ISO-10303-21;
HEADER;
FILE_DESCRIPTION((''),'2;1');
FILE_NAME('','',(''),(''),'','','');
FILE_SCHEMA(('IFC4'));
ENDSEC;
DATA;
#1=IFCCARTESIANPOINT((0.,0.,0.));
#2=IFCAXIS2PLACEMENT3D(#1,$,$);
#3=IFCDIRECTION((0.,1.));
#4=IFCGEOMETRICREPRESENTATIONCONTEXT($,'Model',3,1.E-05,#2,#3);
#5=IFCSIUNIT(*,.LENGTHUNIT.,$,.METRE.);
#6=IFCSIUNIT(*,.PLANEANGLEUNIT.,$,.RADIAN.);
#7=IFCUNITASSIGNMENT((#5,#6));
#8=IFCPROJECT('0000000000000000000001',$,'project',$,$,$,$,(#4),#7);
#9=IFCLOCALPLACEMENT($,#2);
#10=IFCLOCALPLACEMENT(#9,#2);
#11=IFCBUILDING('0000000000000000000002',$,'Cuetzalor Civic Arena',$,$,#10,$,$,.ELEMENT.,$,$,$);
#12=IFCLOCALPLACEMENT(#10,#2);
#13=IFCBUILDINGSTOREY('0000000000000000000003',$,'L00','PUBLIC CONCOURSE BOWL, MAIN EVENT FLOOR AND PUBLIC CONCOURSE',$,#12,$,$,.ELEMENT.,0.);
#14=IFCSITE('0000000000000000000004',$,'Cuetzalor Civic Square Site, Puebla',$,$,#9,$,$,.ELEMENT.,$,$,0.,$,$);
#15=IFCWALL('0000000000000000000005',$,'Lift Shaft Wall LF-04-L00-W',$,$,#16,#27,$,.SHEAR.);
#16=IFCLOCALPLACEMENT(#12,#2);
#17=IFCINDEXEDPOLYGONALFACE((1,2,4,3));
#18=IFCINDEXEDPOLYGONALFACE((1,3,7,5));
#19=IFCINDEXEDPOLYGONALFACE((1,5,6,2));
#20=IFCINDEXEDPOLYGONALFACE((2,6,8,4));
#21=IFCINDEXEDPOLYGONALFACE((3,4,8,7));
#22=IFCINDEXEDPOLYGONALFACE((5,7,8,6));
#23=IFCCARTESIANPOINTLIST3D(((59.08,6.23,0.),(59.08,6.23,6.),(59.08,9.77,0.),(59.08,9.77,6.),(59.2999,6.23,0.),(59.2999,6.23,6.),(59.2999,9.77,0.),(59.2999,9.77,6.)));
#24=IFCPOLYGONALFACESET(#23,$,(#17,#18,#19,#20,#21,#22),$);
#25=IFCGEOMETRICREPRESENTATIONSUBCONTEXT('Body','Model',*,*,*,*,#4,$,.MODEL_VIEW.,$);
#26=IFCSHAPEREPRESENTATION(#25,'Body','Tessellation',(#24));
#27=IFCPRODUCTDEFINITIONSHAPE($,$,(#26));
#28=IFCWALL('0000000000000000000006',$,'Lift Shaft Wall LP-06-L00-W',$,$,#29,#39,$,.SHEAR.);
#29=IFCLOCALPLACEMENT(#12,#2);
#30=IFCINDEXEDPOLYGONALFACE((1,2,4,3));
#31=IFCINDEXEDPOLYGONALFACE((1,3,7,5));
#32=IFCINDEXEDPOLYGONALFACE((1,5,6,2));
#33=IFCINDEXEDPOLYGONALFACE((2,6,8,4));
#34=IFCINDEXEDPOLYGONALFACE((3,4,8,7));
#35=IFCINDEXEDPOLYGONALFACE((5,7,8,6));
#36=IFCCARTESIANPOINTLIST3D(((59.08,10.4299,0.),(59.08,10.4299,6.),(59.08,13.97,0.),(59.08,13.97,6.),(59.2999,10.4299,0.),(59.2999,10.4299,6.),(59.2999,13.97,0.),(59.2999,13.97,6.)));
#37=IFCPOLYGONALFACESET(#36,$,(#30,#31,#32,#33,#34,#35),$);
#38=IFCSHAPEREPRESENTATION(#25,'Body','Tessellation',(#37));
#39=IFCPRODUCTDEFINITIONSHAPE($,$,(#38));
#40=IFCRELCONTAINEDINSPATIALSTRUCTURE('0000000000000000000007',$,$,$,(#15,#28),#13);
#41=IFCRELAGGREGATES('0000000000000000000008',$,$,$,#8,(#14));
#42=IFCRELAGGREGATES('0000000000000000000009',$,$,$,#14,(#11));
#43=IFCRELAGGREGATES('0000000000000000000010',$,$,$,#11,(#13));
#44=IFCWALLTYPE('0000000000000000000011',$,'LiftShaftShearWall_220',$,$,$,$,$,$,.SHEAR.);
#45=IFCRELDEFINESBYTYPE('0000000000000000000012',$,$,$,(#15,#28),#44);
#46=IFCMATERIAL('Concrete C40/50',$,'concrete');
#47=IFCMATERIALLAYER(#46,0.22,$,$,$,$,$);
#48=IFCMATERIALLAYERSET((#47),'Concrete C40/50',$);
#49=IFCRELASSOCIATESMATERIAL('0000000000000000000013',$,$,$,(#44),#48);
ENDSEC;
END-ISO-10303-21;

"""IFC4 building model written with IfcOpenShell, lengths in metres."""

from ifc_helpers import new_model, si_unit, direction, frame, frame_2d, origin, place, context, subcontext, project, spatial, rectangle, extrude, material, layer, layer_set, type_object, element, save


model = new_model("IFC4")

# Units and contexts
model_context = context("Model", 3, precision=1e-05, world=origin(), true_north=direction((0.0, 1.0)))
body_context = subcontext(model_context, "Body", "Model", "MODEL_VIEW")
ifc_project = project(units=[si_unit("LENGTHUNIT", "METRE"), si_unit("PLANEANGLEUNIT", "RADIAN")], contexts=[model_context])

# Site, building, storey
site_placement = place(None, origin())
site = spatial("IfcSite", under=ifc_project, at=site_placement, Name="Cuetzalor Civic Square Site, Puebla", CompositionType="ELEMENT", RefElevation=0.0)
building_placement = place(site_placement, origin())
building = spatial("IfcBuilding", under=site, at=building_placement, Name="Cuetzalor Civic Arena", CompositionType="ELEMENT")
storey_placement = place(building_placement, origin())
storey = spatial("IfcBuildingStorey", under=building, at=storey_placement, Name="L00", Description="PUBLIC CONCOURSE BOWL, MAIN EVENT FLOOR AND PUBLIC CONCOURSE", CompositionType="ELEMENT", Elevation=0.0)

# Walls
ifc_material_1 = material(Name="Concrete C40/50", Category="concrete")
ifc_layer_1 = layer(ifc_material_1, 0.22)
ifc_layer_set_1 = layer_set([ifc_layer_1], Name="Concrete C40/50")
wall_type = type_object("IfcWallType", Name="LiftShaftShearWall_220", PredefinedType="SHEAR", material=ifc_layer_set_1)
for number, where, z_axis, x_axis, name in (
    (1, (59.1899, 6.23, 0.0), (0.0, 0.0, 1.0), (0.0, 1.0, 0.0), "Lift Shaft Wall LF-04-L00-W"),
    (2, (59.1899, 10.4299, 0.0), (0.0, 0.0, 1.0), (0.0, 1.0, 0.0), "Lift Shaft Wall LP-06-L00-W"),
):
    element("IfcWall", number, at=place(storey_placement, frame(where, z_axis=z_axis, x_axis=x_axis)), inside=storey, type_object=wall_type, Name=name, PredefinedType="SHEAR", context=body_context, shape_type="SweptSolid", body=[
        extrude(rectangle(XDim=3.54, YDim=0.22, at=frame_2d((1.77, 0.0))), origin(), (0.0, 0.0, 1.0), 6.0),
    ])

save(model, "model.ifc")
